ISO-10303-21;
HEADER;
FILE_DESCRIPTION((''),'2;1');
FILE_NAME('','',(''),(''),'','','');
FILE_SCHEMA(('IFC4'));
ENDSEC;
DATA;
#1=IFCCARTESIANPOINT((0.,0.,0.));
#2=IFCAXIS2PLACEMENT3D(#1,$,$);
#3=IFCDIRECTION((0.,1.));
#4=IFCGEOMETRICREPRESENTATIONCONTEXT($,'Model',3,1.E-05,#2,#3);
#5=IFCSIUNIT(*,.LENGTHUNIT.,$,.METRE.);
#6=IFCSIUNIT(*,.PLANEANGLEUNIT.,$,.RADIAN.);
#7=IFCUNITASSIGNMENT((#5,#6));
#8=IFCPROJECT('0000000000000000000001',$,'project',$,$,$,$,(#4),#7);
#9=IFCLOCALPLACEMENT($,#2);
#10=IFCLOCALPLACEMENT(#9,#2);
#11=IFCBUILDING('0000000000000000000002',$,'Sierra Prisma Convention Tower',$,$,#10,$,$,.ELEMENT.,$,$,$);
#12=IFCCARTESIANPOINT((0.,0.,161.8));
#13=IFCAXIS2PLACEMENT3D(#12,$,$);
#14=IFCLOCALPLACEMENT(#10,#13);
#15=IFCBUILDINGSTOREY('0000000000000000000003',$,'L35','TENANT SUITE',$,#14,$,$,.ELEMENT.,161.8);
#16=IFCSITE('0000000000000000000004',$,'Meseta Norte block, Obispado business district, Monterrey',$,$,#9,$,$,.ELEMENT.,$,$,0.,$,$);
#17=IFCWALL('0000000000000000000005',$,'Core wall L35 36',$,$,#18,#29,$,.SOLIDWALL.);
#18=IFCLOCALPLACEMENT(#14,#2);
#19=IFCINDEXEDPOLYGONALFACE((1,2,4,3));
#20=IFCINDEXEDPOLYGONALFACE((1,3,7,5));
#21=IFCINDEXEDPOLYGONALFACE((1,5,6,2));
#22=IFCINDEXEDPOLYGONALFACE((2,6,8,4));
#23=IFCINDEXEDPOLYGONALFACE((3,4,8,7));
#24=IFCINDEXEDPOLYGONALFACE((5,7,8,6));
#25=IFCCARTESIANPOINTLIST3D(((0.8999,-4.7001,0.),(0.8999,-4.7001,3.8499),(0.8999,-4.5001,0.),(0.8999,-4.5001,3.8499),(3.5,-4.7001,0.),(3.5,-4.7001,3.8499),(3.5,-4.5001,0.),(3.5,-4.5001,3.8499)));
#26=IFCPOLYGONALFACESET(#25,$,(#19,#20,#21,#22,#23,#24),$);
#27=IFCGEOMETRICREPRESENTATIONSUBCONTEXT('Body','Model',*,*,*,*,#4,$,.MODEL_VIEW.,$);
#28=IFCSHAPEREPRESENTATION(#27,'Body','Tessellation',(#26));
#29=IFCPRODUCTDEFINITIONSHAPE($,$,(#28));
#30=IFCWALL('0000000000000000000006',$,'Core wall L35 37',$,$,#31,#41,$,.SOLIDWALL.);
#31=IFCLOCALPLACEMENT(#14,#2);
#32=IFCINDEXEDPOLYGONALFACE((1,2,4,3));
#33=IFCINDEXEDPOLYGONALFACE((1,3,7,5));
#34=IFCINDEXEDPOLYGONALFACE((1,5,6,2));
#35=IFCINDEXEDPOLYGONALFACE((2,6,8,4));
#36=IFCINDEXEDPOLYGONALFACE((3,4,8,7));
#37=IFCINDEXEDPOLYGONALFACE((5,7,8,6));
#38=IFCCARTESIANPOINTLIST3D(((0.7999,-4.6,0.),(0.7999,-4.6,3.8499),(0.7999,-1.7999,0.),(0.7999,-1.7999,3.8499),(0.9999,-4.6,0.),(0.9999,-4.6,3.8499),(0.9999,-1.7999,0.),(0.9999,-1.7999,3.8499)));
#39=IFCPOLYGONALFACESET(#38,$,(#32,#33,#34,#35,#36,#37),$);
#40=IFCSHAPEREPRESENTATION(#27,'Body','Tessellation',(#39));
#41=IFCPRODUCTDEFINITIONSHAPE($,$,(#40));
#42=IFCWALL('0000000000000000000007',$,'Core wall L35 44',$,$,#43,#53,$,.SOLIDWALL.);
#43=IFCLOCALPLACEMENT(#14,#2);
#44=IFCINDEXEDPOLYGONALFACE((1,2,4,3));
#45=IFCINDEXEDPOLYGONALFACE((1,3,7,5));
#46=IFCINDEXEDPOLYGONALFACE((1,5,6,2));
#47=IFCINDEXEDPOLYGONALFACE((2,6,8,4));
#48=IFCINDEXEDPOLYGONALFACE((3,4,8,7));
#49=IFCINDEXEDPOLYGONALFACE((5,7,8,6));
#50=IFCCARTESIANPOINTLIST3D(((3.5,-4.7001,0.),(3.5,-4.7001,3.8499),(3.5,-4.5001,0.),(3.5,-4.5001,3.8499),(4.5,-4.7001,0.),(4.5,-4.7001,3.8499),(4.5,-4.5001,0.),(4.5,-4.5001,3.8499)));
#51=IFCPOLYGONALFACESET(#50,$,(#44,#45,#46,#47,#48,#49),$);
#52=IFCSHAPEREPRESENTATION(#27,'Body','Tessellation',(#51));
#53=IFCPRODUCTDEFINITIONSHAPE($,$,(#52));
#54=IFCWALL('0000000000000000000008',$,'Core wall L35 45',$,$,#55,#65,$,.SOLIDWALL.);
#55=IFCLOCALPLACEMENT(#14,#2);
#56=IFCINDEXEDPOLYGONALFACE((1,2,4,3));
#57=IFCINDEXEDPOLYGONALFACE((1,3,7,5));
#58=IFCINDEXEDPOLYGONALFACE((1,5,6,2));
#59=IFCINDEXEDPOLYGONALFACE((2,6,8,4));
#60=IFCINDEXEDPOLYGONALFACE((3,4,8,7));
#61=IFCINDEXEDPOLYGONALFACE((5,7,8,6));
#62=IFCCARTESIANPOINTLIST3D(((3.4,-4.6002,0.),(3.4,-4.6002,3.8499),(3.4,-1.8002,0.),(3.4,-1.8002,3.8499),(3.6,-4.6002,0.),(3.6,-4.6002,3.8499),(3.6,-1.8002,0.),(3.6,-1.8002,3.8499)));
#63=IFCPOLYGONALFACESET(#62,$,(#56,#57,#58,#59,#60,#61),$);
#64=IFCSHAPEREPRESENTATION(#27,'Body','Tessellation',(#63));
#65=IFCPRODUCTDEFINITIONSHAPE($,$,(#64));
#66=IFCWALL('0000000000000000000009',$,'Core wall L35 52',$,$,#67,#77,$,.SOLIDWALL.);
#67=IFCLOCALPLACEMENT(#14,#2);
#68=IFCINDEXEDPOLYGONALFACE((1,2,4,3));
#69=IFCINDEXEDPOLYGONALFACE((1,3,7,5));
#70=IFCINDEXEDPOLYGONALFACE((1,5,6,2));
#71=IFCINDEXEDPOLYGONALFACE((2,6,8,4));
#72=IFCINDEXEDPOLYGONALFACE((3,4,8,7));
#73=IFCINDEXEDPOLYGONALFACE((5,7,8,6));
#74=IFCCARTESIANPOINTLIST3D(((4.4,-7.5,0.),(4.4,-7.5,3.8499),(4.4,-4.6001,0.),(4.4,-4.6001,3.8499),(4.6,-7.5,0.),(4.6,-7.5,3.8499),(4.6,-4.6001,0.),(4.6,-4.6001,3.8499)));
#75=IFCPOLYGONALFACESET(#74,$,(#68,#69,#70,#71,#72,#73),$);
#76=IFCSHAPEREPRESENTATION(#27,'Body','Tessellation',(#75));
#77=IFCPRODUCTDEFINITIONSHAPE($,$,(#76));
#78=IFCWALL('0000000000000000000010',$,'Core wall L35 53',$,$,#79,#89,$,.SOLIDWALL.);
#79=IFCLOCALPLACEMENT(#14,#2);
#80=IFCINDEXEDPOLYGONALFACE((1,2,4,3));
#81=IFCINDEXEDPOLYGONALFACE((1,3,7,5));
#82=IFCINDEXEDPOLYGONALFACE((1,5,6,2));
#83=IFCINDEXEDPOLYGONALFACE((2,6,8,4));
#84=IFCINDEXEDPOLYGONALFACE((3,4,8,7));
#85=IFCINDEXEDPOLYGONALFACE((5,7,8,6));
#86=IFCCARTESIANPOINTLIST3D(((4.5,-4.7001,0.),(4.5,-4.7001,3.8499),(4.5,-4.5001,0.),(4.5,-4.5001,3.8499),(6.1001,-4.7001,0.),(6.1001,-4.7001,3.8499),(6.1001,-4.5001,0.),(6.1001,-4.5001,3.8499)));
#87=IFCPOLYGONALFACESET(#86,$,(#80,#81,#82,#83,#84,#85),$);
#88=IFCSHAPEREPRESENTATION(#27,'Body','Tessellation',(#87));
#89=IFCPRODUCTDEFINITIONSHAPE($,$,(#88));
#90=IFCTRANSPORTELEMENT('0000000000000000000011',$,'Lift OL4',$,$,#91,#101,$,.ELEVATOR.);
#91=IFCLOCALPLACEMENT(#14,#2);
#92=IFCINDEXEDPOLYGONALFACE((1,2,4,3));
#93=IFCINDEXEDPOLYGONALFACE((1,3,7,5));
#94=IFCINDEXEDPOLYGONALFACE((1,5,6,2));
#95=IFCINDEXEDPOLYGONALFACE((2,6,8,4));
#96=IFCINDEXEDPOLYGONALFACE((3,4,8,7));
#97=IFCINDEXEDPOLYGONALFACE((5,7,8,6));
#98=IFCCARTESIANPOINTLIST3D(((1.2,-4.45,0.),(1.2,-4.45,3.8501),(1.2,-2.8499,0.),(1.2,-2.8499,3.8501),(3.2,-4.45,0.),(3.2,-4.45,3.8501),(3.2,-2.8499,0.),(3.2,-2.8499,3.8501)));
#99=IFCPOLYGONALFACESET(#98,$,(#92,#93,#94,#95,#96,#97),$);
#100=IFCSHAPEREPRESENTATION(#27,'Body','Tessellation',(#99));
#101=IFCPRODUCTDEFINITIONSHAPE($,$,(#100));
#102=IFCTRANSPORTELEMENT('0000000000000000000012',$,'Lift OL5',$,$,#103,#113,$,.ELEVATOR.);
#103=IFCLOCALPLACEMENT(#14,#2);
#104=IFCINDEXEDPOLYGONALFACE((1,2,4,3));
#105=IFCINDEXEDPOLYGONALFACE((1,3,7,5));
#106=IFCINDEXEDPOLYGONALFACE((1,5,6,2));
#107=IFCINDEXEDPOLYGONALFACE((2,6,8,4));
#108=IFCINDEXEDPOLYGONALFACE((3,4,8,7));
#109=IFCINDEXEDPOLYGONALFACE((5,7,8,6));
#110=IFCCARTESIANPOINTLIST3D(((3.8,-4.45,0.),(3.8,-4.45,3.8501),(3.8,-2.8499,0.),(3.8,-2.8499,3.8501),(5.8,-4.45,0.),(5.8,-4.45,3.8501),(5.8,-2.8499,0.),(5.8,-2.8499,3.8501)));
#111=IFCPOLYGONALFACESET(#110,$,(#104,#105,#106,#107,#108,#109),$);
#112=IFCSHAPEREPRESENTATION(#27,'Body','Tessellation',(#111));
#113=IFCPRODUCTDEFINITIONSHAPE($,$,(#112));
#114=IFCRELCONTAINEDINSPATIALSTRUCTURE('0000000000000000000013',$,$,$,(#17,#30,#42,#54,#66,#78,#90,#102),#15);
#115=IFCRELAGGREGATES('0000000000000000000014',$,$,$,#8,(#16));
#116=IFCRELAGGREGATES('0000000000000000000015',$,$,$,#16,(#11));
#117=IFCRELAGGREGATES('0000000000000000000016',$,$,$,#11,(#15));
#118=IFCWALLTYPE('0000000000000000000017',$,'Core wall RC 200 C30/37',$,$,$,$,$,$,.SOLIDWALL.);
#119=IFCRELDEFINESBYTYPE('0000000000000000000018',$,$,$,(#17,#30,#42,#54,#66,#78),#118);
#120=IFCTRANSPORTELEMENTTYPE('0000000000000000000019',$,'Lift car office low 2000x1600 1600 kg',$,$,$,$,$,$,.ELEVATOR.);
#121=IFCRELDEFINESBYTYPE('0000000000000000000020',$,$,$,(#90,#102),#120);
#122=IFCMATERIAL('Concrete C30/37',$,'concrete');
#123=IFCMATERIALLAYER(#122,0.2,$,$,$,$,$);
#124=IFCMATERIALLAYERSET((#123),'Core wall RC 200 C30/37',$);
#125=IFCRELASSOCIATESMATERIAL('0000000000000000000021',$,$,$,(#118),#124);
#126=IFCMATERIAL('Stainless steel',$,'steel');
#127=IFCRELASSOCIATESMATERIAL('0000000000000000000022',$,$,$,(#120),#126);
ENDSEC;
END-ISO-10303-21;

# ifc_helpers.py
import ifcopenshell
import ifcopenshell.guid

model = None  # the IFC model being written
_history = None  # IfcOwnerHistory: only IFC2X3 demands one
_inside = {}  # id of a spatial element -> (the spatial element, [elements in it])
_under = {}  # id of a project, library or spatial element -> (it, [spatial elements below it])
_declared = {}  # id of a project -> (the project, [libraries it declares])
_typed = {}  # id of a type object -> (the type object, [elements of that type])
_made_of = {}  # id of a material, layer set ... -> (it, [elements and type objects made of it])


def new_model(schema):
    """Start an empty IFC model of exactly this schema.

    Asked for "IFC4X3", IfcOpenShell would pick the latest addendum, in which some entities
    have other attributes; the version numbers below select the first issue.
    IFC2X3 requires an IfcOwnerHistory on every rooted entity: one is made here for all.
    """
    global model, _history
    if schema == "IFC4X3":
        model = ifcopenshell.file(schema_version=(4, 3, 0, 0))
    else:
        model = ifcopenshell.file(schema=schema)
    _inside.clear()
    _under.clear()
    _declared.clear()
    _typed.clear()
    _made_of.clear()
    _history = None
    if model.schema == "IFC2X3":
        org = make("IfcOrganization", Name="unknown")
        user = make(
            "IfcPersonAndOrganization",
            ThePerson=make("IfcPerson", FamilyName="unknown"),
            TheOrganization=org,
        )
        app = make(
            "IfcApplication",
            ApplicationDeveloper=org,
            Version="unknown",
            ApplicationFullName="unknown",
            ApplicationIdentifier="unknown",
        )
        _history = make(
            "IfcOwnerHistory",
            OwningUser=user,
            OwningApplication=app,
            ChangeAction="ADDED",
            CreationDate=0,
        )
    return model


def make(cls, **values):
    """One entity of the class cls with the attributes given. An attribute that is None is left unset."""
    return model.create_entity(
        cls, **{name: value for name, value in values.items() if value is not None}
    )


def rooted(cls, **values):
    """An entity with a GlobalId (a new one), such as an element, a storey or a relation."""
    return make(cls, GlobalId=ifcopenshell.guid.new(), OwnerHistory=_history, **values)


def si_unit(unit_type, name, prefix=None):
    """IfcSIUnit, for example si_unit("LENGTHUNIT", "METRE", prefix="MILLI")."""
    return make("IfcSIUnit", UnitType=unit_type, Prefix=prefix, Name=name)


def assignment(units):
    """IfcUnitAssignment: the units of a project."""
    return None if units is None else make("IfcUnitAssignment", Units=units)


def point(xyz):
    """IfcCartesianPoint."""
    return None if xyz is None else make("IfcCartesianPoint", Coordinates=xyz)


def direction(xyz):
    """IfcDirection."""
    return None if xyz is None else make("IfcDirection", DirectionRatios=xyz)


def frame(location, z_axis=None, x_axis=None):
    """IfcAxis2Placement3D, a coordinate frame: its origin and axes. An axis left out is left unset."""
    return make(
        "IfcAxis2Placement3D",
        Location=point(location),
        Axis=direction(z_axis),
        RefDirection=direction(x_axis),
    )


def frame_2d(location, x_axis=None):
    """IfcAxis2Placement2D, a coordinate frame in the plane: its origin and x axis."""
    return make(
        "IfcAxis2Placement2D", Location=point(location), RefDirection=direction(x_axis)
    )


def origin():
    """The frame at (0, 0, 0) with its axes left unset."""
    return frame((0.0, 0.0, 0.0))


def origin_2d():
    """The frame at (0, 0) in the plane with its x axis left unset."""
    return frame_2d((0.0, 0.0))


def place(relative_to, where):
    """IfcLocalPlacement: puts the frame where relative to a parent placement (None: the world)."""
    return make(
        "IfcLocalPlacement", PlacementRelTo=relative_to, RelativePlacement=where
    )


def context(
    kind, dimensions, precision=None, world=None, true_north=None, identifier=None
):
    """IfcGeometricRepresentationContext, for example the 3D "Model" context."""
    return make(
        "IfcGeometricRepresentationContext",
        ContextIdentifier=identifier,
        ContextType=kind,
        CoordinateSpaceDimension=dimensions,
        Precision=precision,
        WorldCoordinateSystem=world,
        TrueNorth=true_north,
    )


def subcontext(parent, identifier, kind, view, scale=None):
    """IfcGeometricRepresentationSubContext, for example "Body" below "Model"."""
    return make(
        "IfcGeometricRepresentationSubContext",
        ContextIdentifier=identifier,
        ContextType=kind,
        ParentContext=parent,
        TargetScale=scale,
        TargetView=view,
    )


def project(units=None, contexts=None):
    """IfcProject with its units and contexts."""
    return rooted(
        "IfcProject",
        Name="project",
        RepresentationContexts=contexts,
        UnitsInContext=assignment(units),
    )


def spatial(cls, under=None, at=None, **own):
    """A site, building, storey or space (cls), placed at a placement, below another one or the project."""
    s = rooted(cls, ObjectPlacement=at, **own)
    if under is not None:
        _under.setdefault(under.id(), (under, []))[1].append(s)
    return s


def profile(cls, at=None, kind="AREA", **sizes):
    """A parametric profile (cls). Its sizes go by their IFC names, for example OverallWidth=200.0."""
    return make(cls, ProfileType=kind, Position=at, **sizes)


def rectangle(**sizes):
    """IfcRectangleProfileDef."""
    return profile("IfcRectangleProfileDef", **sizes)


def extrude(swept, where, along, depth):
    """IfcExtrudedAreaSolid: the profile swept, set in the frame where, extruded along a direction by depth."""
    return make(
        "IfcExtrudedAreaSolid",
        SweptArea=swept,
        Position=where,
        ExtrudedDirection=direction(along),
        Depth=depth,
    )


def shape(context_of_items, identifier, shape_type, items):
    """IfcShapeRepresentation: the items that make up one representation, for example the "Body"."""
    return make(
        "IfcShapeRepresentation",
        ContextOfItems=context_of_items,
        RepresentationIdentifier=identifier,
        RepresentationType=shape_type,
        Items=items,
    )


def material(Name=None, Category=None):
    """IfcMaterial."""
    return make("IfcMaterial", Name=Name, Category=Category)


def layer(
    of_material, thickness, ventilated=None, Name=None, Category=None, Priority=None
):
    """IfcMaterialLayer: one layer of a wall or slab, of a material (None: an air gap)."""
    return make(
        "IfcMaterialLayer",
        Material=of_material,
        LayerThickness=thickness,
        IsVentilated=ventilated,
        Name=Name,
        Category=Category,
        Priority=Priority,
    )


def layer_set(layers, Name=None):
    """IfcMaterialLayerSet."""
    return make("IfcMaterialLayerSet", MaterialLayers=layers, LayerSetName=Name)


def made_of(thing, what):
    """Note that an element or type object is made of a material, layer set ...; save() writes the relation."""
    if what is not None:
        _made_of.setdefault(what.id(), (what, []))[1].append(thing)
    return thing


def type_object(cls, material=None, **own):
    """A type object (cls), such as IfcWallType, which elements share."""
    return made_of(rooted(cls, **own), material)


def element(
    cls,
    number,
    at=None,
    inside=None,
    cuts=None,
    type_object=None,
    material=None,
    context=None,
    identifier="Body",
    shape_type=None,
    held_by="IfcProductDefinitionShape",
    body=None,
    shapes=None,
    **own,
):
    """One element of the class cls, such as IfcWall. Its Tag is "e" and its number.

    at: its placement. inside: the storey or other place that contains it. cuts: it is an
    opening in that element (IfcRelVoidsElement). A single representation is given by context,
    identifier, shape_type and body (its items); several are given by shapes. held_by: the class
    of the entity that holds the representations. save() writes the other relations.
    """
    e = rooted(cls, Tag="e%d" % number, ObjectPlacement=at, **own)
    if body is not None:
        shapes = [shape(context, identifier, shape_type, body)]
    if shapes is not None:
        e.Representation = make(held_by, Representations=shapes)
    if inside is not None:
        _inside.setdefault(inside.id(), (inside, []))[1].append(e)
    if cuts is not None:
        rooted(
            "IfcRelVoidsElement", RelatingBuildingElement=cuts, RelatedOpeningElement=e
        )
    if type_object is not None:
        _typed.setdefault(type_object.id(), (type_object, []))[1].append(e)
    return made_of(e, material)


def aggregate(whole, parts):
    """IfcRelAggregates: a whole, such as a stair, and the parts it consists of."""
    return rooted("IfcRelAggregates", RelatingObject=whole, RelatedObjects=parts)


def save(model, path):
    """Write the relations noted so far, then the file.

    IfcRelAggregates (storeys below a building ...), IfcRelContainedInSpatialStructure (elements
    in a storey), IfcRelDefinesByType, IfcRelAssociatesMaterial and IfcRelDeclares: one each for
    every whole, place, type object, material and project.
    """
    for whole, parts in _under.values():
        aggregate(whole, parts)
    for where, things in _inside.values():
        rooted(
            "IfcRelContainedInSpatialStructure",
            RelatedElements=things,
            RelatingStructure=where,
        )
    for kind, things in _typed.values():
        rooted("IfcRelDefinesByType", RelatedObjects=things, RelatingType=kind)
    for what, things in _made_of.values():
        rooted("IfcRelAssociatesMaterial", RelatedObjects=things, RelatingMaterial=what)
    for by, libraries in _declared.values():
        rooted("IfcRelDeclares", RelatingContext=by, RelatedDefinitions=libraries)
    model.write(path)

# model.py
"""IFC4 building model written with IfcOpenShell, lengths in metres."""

from ifc_helpers import new_model, si_unit, direction, frame, frame_2d, origin, origin_2d, place, context, subcontext, project, spatial, rectangle, extrude, material, layer, layer_set, type_object, element, save


model = new_model("IFC4")

# Units and contexts
model_context = context("Model", 3, precision=1e-05, world=origin(), true_north=direction((0.0, 1.0)))
body_context = subcontext(model_context, "Body", "Model", "MODEL_VIEW")
ifc_project = project(units=[si_unit("LENGTHUNIT", "METRE"), si_unit("PLANEANGLEUNIT", "RADIAN")], contexts=[model_context])

# Site, building, storey
site_placement = place(None, origin())
site = spatial("IfcSite", under=ifc_project, at=site_placement, Name="Meseta Norte block, Obispado business district, Monterrey", CompositionType="ELEMENT", RefElevation=0.0)
building_placement = place(site_placement, origin())
building = spatial("IfcBuilding", under=site, at=building_placement, Name="Sierra Prisma Convention Tower", CompositionType="ELEMENT")
storey_placement = place(building_placement, frame((0.0, 0.0, 161.8)))
storey = spatial("IfcBuildingStorey", under=building, at=storey_placement, Name="L35", Description="TENANT SUITE", CompositionType="ELEMENT", Elevation=161.8)

# Shared definitions
ifc_material_1 = material(Name="Concrete C30/37", Category="concrete")
ifc_layer = layer(ifc_material_1, 0.2)
ifc_layer_set = layer_set([ifc_layer], Name="Core wall RC 200 C30/37")
wall_type = type_object("IfcWallType", Name="Core wall RC 200 C30/37", PredefinedType="SOLIDWALL", material=ifc_layer_set)

# Walls
wall_1_placement = place(storey_placement, frame((3.5, -4.6001, 0.0), z_axis=(0.0, 0.0, 1.0), x_axis=(-1.0, 0.0, 0.0)))
element("IfcWall", 1, at=wall_1_placement, inside=storey, type_object=wall_type, Name="Core wall L35 36", PredefinedType="SOLIDWALL", context=body_context, shape_type="SweptSolid", body=[
    extrude(rectangle(XDim=2.6001, YDim=0.2, at=frame_2d((1.3, 0.0))), origin(), (0.0, 0.0, 1.0), 3.8499),
])
wall_2_placement = place(storey_placement, frame((0.8999, -1.8, 0.0), z_axis=(0.0, 0.0, 1.0), x_axis=(0.0, -1.0, 0.0)))
element("IfcWall", 2, at=wall_2_placement, inside=storey, type_object=wall_type, Name="Core wall L35 37", PredefinedType="SOLIDWALL", context=body_context, shape_type="SweptSolid", body=[
    extrude(rectangle(XDim=2.8, YDim=0.2, at=frame_2d((1.3999, 0.0))), origin(), (0.0, 0.0, 1.0), 3.8499),
])

# Walls
wall_3_placement = place(storey_placement, frame((4.5, -4.6001, 0.0), z_axis=(0.0, 0.0, 1.0), x_axis=(-1.0, 0.0, 0.0)))
element("IfcWall", 3, at=wall_3_placement, inside=storey, type_object=wall_type, Name="Core wall L35 44", PredefinedType="SOLIDWALL", context=body_context, shape_type="SweptSolid", body=[
    extrude(rectangle(XDim=1.0, YDim=0.2, at=frame_2d((0.5, 0.0))), origin(), (0.0, 0.0, 1.0), 3.8499),
])
wall_4_placement = place(storey_placement, frame((3.5, -4.6001, 0.0), z_axis=(0.0, 0.0, 1.0), x_axis=(0.0, 1.0, 0.0)))
element("IfcWall", 4, at=wall_4_placement, inside=storey, type_object=wall_type, Name="Core wall L35 45", PredefinedType="SOLIDWALL", context=body_context, shape_type="SweptSolid", body=[
    extrude(rectangle(XDim=2.8, YDim=0.2, at=frame_2d((1.3999, 0.0))), origin(), (0.0, 0.0, 1.0), 3.8499),
])

# Walls
wall_5_placement = place(storey_placement, frame((4.5, -4.6001, 0.0), z_axis=(0.0, 0.0, 1.0), x_axis=(0.0, -1.0, 0.0)))
element("IfcWall", 5, at=wall_5_placement, inside=storey, type_object=wall_type, Name="Core wall L35 52", PredefinedType="SOLIDWALL", context=body_context, shape_type="SweptSolid", body=[
    extrude(rectangle(XDim=2.8999, YDim=0.2, at=frame_2d((1.45, 0.0))), origin(), (0.0, 0.0, 1.0), 3.8499),
])
wall_6_placement = place(storey_placement, frame((6.1001, -4.6001, 0.0), z_axis=(0.0, 0.0, 1.0), x_axis=(-1.0, 0.0, 0.0)))
element("IfcWall", 6, at=wall_6_placement, inside=storey, type_object=wall_type, Name="Core wall L35 53", PredefinedType="SOLIDWALL", context=body_context, shape_type="SweptSolid", body=[
    extrude(rectangle(XDim=1.6001, YDim=0.2, at=frame_2d((0.8, 0.0))), origin(), (0.0, 0.0, 1.0), 3.8499),
])

# Transport elements
ifc_material_2 = material(Name="Stainless steel", Category="steel")
transport_element_type = type_object("IfcTransportElementType", Name="Lift car office low 2000x1600 1600 kg", PredefinedType="ELEVATOR", material=ifc_material_2)
for number, where, z_axis, x_axis, name in (
    (7, (2.2, -3.6499, 0.0), (0.0, 0.0, 1.0), (1.0, 0.0, 0.0), "Lift OL4"),
    (8, (4.8, -3.6499, 0.0), (0.0, 0.0, 1.0), (1.0, 0.0, 0.0), "Lift OL5"),
):
    element("IfcTransportElement", number, at=place(storey_placement, frame(where, z_axis=z_axis, x_axis=x_axis)), inside=storey, type_object=transport_element_type, Name=name, PredefinedType="ELEVATOR", context=body_context, shape_type="SweptSolid", body=[
        extrude(rectangle(XDim=2.0, YDim=1.6001, at=origin_2d()), origin(), (0.0, 0.0, 1.0), 3.8501),
    ])

save(model, "model.ifc")
